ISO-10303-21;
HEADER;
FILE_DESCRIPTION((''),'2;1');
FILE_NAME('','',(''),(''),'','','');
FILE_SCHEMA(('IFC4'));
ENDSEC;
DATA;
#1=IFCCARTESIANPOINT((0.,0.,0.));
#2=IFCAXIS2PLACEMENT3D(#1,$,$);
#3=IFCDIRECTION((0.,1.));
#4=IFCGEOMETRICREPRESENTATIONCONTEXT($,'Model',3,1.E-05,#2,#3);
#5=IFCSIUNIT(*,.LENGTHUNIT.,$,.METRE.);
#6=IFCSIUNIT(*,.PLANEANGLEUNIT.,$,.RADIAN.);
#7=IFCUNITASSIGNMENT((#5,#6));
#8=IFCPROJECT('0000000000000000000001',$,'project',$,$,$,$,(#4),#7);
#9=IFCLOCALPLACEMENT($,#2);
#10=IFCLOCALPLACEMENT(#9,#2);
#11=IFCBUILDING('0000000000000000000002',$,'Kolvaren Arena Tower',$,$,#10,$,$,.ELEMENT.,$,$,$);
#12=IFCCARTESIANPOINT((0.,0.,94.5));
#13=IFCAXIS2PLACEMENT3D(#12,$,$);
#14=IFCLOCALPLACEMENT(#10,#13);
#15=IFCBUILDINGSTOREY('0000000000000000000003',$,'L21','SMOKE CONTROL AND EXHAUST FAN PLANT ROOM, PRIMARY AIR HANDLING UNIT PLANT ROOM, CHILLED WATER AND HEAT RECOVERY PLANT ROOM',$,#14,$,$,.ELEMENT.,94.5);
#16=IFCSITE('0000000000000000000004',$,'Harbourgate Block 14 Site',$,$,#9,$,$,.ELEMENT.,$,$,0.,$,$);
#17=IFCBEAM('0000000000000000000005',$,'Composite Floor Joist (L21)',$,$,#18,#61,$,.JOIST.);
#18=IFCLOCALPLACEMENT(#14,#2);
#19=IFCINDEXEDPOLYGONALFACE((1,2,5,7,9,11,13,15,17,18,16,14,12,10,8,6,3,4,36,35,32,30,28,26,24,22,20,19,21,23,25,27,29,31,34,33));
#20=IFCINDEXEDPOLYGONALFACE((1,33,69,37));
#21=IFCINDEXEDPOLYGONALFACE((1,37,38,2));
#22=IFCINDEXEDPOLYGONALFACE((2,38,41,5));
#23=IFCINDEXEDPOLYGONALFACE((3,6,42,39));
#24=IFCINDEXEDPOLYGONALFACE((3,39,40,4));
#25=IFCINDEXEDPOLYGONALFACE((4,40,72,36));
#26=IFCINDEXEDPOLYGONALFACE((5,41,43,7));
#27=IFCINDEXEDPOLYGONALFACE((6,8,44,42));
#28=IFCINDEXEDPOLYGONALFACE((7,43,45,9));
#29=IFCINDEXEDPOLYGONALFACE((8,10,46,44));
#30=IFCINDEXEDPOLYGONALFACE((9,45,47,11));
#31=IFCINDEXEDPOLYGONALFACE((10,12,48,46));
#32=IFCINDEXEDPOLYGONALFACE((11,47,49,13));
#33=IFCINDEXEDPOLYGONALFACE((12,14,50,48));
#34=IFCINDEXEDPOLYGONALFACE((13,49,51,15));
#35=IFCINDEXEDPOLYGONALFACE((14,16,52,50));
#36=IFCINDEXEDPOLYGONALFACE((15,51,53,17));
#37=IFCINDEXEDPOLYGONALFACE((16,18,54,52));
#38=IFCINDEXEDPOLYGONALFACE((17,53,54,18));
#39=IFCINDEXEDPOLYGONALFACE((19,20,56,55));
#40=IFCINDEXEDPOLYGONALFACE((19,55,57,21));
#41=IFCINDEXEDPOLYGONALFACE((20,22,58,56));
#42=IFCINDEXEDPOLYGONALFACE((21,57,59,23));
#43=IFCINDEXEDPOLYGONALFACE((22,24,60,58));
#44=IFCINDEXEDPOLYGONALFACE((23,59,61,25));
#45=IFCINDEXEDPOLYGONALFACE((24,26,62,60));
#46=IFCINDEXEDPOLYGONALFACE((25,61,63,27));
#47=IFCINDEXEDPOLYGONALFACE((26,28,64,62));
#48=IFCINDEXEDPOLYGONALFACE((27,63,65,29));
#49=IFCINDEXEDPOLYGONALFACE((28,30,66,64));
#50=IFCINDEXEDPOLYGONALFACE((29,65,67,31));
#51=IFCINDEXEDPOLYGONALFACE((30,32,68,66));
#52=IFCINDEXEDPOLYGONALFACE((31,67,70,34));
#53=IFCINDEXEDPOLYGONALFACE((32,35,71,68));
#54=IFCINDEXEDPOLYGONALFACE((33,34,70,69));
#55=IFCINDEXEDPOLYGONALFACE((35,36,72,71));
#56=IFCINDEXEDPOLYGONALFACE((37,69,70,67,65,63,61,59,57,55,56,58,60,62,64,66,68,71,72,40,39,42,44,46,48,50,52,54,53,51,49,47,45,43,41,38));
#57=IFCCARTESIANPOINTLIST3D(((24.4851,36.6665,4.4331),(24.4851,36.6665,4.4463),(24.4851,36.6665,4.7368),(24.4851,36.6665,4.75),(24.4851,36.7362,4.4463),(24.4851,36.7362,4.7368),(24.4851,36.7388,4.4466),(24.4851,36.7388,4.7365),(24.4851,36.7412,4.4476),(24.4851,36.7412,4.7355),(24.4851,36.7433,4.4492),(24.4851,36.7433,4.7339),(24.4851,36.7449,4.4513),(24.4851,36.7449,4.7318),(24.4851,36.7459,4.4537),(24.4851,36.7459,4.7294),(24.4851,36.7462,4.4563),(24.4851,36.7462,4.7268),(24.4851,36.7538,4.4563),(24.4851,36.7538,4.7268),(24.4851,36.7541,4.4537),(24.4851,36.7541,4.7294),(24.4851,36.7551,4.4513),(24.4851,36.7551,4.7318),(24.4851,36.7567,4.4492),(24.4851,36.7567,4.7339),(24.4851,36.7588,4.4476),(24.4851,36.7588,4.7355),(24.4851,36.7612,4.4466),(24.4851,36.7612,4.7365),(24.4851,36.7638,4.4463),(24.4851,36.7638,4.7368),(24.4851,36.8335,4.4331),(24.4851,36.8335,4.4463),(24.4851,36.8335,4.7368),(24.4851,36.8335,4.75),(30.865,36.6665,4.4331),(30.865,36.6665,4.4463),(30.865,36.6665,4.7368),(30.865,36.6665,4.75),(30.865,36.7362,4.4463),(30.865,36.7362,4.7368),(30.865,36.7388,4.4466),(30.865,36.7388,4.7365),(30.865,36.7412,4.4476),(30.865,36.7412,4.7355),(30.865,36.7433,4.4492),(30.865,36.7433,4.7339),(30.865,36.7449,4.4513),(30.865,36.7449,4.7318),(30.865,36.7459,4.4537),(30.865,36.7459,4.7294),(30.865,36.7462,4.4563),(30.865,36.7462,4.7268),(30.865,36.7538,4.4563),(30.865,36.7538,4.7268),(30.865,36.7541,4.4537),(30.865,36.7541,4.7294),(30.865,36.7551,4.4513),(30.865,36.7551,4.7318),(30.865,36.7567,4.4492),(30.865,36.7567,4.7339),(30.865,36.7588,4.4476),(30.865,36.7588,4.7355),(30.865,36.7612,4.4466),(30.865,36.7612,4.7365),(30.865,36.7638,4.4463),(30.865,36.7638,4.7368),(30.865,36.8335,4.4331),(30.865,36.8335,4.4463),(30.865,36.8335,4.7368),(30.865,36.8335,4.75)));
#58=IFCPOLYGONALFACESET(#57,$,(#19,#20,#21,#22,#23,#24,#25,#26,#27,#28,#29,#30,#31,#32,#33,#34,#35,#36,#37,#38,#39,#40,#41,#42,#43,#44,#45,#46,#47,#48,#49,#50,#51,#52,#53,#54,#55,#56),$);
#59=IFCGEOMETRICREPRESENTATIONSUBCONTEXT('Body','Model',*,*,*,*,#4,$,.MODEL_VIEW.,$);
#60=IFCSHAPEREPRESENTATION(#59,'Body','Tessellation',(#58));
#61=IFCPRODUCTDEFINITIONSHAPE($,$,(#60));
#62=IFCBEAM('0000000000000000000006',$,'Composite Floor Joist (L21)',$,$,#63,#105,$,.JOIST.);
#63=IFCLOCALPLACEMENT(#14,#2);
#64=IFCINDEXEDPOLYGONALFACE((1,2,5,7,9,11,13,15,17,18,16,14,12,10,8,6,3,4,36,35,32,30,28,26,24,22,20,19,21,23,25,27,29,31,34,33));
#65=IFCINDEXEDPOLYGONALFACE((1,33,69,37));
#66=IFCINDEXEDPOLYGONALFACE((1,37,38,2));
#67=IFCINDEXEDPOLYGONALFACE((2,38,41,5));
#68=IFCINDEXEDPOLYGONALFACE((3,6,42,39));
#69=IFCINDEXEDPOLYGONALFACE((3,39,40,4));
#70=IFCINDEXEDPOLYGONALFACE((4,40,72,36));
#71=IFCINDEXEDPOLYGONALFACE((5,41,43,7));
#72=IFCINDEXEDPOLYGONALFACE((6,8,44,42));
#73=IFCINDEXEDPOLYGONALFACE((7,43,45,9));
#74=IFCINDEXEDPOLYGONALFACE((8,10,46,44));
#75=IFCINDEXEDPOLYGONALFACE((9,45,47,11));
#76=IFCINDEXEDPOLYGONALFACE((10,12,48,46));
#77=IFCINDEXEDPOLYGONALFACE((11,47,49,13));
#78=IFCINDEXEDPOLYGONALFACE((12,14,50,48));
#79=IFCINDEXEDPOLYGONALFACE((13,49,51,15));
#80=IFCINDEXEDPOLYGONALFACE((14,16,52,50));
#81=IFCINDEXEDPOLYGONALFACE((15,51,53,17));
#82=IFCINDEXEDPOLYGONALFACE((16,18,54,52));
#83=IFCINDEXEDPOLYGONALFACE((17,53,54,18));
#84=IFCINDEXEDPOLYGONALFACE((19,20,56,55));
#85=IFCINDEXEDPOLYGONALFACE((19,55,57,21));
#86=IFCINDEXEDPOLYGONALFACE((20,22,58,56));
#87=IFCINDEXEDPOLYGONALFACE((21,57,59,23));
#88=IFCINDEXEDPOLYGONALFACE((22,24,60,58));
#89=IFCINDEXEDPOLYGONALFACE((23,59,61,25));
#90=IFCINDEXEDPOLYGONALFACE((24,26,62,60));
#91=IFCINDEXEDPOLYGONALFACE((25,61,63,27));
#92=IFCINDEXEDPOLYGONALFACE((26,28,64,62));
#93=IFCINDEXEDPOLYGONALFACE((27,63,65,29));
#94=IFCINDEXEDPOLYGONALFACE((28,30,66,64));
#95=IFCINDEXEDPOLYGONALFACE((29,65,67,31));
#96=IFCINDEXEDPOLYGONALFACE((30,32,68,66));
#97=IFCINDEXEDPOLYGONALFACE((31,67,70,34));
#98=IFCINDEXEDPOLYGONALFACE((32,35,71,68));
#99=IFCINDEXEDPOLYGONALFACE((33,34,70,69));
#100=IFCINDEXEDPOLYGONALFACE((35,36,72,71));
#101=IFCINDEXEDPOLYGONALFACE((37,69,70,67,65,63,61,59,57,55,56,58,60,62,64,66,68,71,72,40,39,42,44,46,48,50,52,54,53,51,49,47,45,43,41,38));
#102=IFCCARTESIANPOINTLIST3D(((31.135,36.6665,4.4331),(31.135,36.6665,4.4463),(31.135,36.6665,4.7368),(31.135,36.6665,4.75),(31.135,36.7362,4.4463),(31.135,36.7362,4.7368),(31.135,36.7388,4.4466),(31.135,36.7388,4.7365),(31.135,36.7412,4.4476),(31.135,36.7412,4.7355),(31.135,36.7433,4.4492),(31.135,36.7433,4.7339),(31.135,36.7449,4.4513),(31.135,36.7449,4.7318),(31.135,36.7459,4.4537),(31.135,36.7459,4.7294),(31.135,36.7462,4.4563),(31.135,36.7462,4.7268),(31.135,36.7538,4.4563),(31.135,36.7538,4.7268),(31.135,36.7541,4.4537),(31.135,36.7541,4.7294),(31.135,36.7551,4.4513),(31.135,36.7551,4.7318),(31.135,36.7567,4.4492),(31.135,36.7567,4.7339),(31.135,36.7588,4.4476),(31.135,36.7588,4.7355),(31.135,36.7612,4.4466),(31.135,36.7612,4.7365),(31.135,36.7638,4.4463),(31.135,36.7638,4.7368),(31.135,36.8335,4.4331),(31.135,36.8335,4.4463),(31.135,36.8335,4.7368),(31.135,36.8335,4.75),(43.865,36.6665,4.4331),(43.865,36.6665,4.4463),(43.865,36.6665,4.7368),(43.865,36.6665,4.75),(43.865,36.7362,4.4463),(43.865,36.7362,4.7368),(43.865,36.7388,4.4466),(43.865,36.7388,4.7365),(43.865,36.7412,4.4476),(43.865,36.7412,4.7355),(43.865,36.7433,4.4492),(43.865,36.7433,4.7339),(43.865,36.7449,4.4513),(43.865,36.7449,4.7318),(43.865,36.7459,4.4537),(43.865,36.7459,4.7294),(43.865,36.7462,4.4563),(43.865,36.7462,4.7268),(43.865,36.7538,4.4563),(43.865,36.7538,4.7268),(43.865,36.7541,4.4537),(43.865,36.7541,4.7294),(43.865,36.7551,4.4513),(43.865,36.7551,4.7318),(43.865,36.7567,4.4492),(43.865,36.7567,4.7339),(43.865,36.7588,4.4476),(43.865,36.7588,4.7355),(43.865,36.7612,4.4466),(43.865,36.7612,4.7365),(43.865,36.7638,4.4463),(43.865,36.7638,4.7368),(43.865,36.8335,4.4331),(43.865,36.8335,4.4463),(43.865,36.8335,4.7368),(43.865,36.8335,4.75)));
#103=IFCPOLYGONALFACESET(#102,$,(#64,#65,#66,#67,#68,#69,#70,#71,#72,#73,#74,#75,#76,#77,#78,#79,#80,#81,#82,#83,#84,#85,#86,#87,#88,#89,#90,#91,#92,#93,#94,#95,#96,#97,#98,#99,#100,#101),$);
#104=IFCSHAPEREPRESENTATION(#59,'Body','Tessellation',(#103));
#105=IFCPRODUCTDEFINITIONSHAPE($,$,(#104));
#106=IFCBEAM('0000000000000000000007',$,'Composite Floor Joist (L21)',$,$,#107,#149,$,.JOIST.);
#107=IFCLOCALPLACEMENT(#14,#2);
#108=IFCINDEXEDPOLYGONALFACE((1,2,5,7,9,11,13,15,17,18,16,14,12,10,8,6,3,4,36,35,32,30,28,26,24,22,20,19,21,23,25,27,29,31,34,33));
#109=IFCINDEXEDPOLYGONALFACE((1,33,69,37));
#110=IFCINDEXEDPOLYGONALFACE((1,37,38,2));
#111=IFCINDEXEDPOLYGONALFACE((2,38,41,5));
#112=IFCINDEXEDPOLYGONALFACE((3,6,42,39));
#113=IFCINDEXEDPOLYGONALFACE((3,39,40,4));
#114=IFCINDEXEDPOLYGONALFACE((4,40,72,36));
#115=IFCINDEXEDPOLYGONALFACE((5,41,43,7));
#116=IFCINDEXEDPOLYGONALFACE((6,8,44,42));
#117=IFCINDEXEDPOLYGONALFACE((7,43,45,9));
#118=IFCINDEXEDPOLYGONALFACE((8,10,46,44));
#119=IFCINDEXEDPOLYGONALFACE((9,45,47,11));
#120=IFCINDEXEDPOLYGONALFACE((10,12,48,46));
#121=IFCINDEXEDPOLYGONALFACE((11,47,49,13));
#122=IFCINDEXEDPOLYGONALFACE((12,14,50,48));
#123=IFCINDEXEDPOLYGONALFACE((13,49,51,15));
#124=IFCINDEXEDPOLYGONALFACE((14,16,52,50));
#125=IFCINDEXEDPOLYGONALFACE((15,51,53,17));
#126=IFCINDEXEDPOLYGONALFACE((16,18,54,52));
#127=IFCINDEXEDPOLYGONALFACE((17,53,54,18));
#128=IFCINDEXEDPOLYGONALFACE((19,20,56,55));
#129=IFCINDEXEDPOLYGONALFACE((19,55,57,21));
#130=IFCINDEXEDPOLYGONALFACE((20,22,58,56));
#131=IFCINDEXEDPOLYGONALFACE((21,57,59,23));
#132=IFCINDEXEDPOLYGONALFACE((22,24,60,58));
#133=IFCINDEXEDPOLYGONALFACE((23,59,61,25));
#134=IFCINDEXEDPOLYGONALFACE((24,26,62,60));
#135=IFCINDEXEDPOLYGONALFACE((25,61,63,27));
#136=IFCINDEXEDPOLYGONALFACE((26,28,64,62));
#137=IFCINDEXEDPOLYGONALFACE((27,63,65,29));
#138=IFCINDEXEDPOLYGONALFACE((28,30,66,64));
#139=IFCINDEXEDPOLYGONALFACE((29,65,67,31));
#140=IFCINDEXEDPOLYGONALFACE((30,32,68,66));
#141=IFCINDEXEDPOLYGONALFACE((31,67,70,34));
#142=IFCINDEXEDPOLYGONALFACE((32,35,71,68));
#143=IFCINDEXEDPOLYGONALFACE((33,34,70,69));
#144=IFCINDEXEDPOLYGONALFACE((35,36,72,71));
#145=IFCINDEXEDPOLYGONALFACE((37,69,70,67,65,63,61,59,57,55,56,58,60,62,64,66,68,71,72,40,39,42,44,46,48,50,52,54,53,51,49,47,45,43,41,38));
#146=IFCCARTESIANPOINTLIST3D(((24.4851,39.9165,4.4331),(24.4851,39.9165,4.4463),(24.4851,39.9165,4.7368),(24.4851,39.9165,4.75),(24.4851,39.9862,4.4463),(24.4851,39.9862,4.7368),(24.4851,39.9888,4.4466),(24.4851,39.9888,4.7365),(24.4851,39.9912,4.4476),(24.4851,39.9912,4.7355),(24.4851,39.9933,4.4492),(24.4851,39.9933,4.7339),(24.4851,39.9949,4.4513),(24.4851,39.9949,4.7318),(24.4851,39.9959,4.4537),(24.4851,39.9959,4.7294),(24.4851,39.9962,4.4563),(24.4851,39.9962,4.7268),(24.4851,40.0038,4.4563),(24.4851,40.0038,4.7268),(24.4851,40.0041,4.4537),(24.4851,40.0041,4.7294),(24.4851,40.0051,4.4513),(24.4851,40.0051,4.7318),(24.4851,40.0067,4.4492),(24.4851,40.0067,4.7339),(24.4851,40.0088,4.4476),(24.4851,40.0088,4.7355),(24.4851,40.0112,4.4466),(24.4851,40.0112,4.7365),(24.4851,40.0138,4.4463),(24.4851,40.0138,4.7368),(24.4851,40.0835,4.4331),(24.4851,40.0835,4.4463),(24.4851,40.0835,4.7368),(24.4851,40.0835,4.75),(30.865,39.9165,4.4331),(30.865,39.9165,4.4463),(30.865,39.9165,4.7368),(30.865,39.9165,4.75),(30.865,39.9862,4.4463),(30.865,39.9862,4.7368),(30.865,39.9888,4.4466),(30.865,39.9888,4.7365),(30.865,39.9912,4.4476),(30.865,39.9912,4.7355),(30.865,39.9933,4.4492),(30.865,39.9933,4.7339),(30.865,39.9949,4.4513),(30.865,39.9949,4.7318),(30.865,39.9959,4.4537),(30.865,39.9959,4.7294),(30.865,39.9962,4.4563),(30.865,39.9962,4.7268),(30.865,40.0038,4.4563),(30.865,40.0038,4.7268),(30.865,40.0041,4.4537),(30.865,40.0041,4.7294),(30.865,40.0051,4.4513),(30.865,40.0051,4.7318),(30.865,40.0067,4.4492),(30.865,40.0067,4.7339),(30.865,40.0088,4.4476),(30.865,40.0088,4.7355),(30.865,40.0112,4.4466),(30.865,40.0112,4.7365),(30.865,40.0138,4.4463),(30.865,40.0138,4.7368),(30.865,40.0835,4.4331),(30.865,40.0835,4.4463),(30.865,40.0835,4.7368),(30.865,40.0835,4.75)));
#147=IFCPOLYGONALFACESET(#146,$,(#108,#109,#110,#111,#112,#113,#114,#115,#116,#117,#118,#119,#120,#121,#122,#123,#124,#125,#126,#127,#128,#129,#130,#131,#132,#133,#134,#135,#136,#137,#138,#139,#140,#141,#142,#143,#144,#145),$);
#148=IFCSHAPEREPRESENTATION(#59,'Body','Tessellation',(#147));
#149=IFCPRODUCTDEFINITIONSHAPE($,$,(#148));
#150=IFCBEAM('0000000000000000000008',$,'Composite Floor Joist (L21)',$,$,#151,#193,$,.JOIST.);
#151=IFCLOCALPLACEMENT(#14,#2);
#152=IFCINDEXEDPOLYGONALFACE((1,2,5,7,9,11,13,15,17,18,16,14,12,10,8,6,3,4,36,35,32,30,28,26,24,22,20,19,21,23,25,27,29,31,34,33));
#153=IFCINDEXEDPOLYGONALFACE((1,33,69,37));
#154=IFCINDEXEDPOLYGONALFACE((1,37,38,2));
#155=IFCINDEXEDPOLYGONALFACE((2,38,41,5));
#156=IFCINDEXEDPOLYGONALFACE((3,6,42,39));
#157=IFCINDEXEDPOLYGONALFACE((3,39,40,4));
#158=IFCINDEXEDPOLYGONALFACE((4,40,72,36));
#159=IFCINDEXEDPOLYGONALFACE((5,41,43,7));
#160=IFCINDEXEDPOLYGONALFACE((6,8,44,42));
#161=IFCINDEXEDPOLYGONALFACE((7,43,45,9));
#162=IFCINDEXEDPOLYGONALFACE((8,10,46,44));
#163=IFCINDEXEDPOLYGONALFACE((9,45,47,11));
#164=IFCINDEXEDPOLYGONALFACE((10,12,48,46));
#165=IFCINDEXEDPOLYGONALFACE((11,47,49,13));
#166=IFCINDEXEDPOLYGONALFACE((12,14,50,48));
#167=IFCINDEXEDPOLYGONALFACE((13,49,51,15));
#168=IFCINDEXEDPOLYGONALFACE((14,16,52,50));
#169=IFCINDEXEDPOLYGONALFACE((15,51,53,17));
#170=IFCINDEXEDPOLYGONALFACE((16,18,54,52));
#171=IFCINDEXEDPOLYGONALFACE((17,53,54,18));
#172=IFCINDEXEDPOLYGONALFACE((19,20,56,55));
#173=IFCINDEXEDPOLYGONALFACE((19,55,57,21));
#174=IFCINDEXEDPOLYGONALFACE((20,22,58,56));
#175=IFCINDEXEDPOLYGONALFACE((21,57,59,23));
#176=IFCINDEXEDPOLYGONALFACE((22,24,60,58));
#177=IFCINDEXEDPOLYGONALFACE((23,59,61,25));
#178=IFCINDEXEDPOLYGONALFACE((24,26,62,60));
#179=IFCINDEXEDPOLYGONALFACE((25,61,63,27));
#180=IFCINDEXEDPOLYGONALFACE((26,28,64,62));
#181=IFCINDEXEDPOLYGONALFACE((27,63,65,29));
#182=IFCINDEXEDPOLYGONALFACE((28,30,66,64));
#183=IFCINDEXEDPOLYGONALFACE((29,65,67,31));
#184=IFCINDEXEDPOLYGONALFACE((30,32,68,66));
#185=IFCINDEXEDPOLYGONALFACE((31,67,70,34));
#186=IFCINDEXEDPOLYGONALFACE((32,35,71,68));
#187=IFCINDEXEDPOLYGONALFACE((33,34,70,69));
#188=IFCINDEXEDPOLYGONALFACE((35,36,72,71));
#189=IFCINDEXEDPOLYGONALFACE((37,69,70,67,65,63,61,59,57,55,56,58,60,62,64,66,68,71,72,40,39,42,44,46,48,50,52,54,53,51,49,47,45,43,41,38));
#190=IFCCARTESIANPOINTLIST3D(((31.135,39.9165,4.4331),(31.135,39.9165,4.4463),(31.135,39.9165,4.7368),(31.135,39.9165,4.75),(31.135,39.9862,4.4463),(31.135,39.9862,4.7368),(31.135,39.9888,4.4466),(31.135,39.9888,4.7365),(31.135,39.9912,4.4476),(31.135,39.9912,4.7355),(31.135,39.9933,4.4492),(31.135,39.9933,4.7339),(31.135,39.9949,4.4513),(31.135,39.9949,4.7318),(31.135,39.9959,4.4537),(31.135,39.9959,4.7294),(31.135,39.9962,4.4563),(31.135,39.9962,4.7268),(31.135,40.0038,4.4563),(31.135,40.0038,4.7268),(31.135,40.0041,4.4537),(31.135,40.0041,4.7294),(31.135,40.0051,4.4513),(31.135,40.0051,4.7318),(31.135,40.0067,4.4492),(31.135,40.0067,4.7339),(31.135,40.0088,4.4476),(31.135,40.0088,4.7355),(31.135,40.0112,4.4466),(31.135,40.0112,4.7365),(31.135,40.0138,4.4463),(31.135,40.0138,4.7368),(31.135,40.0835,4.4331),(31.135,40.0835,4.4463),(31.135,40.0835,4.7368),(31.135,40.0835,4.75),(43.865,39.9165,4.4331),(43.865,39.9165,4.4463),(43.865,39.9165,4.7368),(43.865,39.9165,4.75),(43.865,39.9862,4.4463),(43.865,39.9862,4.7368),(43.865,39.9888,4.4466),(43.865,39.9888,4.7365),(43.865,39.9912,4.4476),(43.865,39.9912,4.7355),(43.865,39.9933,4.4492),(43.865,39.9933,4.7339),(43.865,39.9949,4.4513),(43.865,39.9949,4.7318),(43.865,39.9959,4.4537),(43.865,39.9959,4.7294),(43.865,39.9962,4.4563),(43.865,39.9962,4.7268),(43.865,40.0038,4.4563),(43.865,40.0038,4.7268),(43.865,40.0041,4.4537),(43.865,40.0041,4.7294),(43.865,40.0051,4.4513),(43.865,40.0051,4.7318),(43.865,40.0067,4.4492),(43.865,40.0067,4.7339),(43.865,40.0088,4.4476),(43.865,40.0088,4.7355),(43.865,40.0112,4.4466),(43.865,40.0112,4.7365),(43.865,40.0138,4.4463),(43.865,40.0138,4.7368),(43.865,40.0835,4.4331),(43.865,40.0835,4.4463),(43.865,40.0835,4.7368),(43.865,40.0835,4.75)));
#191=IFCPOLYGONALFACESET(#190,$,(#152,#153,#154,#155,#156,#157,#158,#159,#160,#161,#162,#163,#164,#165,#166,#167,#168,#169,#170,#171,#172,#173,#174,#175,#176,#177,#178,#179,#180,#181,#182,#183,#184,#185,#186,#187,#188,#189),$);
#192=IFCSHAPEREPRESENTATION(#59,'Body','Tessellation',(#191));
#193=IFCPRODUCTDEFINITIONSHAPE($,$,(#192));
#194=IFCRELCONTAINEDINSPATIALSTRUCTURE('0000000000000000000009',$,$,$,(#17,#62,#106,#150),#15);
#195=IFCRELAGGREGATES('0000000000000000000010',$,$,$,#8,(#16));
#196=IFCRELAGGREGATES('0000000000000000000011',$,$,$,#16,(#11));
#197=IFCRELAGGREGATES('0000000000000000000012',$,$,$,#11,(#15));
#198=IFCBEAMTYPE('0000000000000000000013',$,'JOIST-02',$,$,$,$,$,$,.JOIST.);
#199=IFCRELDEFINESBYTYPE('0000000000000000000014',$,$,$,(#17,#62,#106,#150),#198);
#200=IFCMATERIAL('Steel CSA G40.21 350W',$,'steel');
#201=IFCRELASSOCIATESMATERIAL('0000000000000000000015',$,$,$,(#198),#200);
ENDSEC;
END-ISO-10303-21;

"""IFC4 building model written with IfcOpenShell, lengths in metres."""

from ifc_helpers import new_model, si_unit, direction, frame, origin, origin_2d, place, context, subcontext, project, spatial, i_section, extrude, material, material_profile, profile_set, type_object, element, save


model = new_model("IFC4")

# Units and contexts
model_context = context("Model", 3, precision=1e-05, world=origin(), true_north=direction((0.0, 1.0)))
body_context = subcontext(model_context, "Body", "Model", "MODEL_VIEW")
ifc_project = project(units=[si_unit("LENGTHUNIT", "METRE"), si_unit("PLANEANGLEUNIT", "RADIAN")], contexts=[model_context])

# Site, building, storey
site_placement = place(None, origin())
site = spatial("IfcSite", under=ifc_project, at=site_placement, Name="Harbourgate Block 14 Site", CompositionType="ELEMENT", RefElevation=0.0)
building_placement = place(site_placement, origin())
building = spatial("IfcBuilding", under=site, at=building_placement, Name="Kolvaren Arena Tower", CompositionType="ELEMENT")
storey_placement = place(building_placement, frame((0.0, 0.0, 94.5)))
storey = spatial("IfcBuildingStorey", under=building, at=storey_placement, Name="L21", Description="SMOKE CONTROL AND EXHAUST FAN PLANT ROOM, PRIMARY AIR HANDLING UNIT PLANT ROOM, CHILLED WATER AND HEAT RECOVERY PLANT ROOM", CompositionType="ELEMENT", Elevation=94.5)

# Shared definitions
ifc_material_1 = material(Name="Steel CSA G40.21 350W", Category="steel")

# Beams
ifc_material_profile_1 = material_profile(ifc_material_1, i_section(OverallWidth=0.167, OverallDepth=0.3169, WebThickness=0.0076, FlangeThickness=0.0132, FilletRadius=0.01, at=origin_2d()), Name="W310x52")
ifc_profile_set_1 = profile_set([ifc_material_profile_1], Name="Steel CSA G40.21 350W")
beam_type_1 = type_object("IfcBeamType", Name="JOIST-02", PredefinedType="JOIST", material=ifc_profile_set_1)
beam_1_placement = place(storey_placement, frame((24.4851, 36.75, 4.5916), z_axis=(1.0, 0.0, 0.0), x_axis=(0.0, 1.0, 0.0)))
element("IfcBeam", 1, at=beam_1_placement, inside=storey, type_object=beam_type_1, Name="Composite Floor Joist (L21)", PredefinedType="JOIST", context=body_context, shape_type="SweptSolid", body=[
    extrude(i_section(OverallWidth=0.167, OverallDepth=0.3169, WebThickness=0.0076, FlangeThickness=0.0132, FilletRadius=0.01, at=origin_2d()), origin(), (0.0, 0.0, 1.0), 6.3799),
])
beam_2_placement = place(storey_placement, frame((31.135, 36.75, 4.5916), z_axis=(1.0, 0.0, 0.0), x_axis=(0.0, 1.0, 0.0)))
element("IfcBeam", 2, at=beam_2_placement, inside=storey, type_object=beam_type_1, Name="Composite Floor Joist (L21)", PredefinedType="JOIST", context=body_context, shape_type="SweptSolid", body=[
    extrude(i_section(OverallWidth=0.167, OverallDepth=0.3169, WebThickness=0.0076, FlangeThickness=0.0132, FilletRadius=0.01, at=origin_2d()), origin(), (0.0, 0.0, 1.0), 12.73),
])
beam_3_placement = place(storey_placement, frame((24.4851, 40.0, 4.5916), z_axis=(1.0, 0.0, 0.0), x_axis=(0.0, 1.0, 0.0)))
element("IfcBeam", 3, at=beam_3_placement, inside=storey, type_object=beam_type_1, Name="Composite Floor Joist (L21)", PredefinedType="JOIST", context=body_context, shape_type="SweptSolid", body=[
    extrude(i_section(OverallWidth=0.167, OverallDepth=0.3169, WebThickness=0.0076, FlangeThickness=0.0132, FilletRadius=0.01, at=origin_2d()), origin(), (0.0, 0.0, 1.0), 6.3799),
])
beam_4_placement = place(storey_placement, frame((31.135, 40.0, 4.5916), z_axis=(1.0, 0.0, 0.0), x_axis=(0.0, 1.0, 0.0)))
element("IfcBeam", 4, at=beam_4_placement, inside=storey, type_object=beam_type_1, Name="Composite Floor Joist (L21)", PredefinedType="JOIST", context=body_context, shape_type="SweptSolid", body=[
    extrude(i_section(OverallWidth=0.167, OverallDepth=0.3169, WebThickness=0.0076, FlangeThickness=0.0132, FilletRadius=0.01, at=origin_2d()), origin(), (0.0, 0.0, 1.0), 12.73),
])

save(model, "model.ifc")
